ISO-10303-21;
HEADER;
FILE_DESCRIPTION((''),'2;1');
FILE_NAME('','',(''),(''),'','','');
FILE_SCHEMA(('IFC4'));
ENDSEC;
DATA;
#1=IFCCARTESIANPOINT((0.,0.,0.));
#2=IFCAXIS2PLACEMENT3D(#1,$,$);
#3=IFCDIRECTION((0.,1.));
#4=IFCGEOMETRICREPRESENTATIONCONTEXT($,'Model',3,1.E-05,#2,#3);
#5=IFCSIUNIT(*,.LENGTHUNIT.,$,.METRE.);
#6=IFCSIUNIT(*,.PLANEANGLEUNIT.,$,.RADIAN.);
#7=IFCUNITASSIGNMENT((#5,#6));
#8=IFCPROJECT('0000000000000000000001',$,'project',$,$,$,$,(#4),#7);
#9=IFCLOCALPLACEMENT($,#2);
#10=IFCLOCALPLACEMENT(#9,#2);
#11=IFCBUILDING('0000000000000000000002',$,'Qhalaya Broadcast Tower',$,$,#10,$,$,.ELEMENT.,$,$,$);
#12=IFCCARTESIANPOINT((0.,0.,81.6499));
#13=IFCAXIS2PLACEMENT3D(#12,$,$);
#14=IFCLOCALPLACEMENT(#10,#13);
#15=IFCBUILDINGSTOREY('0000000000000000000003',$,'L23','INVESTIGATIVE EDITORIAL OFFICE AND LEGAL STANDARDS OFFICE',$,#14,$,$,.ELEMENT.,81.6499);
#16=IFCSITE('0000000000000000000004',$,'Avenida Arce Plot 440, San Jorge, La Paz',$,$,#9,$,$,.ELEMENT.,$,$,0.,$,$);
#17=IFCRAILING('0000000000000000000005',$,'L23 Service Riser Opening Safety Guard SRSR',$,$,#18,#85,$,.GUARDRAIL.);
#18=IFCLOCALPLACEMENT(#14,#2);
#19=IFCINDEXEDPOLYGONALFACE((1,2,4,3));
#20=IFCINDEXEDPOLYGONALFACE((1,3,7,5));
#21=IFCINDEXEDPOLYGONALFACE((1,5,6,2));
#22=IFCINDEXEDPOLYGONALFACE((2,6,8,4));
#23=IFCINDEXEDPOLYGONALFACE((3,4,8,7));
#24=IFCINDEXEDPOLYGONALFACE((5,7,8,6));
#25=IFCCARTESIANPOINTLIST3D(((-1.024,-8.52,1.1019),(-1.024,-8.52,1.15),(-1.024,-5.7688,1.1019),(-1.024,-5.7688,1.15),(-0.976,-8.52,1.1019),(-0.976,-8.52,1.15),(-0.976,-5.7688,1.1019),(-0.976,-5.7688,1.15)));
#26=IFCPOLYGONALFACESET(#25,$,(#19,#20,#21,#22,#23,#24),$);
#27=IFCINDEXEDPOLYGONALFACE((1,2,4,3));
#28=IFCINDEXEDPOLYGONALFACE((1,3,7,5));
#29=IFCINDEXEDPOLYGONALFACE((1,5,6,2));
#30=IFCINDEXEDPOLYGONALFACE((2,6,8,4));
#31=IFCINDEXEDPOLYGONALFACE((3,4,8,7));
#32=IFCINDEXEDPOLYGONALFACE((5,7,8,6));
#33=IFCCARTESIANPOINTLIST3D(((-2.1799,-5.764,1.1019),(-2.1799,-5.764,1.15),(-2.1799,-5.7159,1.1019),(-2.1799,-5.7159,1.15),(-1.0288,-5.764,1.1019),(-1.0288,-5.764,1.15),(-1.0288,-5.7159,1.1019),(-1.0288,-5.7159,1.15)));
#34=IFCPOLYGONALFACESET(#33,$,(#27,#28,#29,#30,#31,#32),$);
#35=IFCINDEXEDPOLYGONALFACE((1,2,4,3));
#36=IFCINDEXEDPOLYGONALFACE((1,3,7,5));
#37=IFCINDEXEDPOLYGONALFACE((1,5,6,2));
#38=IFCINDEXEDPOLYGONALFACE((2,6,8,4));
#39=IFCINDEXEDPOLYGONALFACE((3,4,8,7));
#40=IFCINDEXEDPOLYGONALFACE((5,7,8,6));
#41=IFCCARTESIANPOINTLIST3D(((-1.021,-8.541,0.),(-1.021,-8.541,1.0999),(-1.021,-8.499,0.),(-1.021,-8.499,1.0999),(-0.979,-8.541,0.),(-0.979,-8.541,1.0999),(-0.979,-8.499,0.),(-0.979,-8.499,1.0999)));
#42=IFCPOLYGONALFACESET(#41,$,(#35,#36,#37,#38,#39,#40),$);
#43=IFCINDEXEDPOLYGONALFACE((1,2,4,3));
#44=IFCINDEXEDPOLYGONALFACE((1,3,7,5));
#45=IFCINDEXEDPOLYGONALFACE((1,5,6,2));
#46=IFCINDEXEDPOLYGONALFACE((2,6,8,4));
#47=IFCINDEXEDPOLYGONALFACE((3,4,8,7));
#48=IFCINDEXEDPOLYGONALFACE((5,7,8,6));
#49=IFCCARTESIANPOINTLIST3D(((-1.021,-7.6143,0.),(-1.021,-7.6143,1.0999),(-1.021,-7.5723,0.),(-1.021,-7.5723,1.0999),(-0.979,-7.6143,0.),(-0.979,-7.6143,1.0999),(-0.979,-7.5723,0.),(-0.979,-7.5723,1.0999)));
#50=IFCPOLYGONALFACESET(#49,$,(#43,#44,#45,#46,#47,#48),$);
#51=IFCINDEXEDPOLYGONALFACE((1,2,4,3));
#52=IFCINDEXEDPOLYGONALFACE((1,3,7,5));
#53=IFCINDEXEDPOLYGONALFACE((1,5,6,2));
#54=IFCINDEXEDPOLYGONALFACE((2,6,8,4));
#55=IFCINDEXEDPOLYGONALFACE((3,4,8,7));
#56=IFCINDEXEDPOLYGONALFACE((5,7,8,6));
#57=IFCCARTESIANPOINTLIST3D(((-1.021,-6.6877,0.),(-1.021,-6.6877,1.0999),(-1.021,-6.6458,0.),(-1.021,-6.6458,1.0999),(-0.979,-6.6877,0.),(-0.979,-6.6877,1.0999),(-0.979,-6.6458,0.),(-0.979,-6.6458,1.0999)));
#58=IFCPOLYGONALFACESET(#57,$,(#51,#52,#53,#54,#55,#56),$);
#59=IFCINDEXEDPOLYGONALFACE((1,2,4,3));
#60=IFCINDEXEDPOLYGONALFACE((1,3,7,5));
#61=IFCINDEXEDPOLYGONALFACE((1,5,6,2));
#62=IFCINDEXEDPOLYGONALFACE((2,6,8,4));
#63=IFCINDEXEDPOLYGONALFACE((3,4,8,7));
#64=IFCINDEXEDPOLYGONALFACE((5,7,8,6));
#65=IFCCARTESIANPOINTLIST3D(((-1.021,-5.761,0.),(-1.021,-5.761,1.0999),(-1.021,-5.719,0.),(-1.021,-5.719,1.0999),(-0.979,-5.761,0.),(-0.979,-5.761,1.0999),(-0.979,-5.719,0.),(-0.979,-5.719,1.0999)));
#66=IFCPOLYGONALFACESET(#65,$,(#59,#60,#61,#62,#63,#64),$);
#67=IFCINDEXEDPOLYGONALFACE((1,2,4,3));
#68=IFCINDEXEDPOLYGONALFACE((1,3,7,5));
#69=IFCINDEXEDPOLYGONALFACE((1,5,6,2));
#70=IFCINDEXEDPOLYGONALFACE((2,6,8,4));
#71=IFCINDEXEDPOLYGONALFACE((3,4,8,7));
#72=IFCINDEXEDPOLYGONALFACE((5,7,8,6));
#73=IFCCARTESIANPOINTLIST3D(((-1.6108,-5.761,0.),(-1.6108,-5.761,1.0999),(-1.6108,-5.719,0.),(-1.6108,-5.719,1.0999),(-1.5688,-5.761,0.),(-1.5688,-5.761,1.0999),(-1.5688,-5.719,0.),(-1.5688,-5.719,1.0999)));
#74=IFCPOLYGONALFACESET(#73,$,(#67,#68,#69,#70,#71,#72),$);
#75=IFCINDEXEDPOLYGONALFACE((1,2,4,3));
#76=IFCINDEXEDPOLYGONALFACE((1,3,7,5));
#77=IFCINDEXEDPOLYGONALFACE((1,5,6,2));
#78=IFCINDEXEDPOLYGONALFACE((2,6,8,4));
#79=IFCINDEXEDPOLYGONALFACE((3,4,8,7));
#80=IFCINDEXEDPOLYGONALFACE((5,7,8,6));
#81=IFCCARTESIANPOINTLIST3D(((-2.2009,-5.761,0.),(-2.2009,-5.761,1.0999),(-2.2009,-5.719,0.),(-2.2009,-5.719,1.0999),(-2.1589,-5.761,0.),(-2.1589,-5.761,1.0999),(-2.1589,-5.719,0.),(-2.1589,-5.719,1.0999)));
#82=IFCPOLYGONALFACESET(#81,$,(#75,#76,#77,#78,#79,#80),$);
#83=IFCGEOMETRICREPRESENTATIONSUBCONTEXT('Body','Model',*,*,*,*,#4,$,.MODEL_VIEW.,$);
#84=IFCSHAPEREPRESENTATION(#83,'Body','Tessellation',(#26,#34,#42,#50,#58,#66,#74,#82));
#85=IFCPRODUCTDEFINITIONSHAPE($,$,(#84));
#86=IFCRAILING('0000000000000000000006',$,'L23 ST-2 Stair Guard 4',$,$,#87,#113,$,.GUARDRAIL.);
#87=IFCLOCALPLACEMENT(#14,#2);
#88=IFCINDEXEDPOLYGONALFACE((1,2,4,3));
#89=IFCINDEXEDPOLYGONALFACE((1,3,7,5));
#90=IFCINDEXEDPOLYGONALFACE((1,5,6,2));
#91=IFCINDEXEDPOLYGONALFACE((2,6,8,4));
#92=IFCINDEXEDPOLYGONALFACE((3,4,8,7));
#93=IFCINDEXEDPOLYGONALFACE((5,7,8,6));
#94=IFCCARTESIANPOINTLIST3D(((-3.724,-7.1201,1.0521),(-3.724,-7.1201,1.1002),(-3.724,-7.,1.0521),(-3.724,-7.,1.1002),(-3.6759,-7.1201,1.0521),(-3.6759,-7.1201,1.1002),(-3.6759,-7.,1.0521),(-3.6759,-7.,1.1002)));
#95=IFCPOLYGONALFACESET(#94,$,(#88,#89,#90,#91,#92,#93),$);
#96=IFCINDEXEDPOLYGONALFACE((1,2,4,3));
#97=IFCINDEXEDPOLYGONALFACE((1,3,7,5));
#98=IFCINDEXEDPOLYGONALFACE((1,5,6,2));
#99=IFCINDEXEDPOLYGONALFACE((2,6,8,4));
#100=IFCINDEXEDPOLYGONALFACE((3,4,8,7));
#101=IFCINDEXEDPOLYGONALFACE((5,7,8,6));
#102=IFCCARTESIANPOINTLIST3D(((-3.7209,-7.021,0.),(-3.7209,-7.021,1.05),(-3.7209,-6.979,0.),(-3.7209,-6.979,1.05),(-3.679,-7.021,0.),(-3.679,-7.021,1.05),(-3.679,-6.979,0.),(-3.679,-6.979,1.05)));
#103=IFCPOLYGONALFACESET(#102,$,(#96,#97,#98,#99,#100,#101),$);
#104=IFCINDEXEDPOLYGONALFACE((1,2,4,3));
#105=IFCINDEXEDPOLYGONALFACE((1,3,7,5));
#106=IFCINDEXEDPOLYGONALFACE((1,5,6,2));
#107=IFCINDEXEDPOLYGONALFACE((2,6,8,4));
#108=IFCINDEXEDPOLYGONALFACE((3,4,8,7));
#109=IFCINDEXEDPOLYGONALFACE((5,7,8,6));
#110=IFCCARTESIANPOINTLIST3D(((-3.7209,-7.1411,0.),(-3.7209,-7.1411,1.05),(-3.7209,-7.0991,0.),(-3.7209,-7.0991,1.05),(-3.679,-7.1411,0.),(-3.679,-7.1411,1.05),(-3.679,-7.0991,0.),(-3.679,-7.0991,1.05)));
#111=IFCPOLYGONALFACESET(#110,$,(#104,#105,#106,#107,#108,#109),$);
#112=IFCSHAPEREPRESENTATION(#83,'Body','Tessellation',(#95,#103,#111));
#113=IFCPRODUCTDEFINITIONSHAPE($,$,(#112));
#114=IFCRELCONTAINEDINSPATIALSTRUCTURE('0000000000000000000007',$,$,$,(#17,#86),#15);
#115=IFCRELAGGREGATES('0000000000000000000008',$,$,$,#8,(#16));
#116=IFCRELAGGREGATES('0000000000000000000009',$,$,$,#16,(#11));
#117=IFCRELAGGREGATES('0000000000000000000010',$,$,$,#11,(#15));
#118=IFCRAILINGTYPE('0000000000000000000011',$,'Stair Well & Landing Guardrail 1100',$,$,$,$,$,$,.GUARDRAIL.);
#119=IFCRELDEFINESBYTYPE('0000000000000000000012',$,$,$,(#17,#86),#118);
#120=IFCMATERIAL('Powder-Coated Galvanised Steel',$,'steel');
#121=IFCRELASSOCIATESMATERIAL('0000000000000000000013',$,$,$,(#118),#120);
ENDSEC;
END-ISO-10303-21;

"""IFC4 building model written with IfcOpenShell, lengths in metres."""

from ifc_helpers import new_model, si_unit, direction, frame, origin, origin_2d, place, context, subcontext, project, spatial, rectangle, extrude, material, type_object, element, save


model = new_model("IFC4")

# Units and contexts
model_context = context("Model", 3, precision=1e-05, world=origin(), true_north=direction((0.0, 1.0)))
body_context = subcontext(model_context, "Body", "Model", "MODEL_VIEW")
ifc_project = project(units=[si_unit("LENGTHUNIT", "METRE"), si_unit("PLANEANGLEUNIT", "RADIAN")], contexts=[model_context])

# Site, building, storey
site_placement = place(None, origin())
site = spatial("IfcSite", under=ifc_project, at=site_placement, Name="Avenida Arce Plot 440, San Jorge, La Paz", CompositionType="ELEMENT", RefElevation=0.0)
building_placement = place(site_placement, origin())
building = spatial("IfcBuilding", under=site, at=building_placement, Name="Qhalaya Broadcast Tower", CompositionType="ELEMENT")
storey_placement = place(building_placement, frame((0.0, 0.0, 81.6499)))
storey = spatial("IfcBuildingStorey", under=building, at=storey_placement, Name="L23", Description="INVESTIGATIVE EDITORIAL OFFICE AND LEGAL STANDARDS OFFICE", CompositionType="ELEMENT", Elevation=81.6499)

# Railings
ifc_material_1 = material(Name="Powder-Coated Galvanised Steel", Category="steel")
railing_type_1 = type_object("IfcRailingType", Name="Stair Well & Landing Guardrail 1100", PredefinedType="GUARDRAIL", material=ifc_material_1)
railing_1_placement = place(storey_placement, frame((-1.0, -8.52, 0.0)))
element("IfcRailing", 1, at=railing_1_placement, inside=storey, type_object=railing_type_1, Name="L23 Service Riser Opening Safety Guard SRSR", PredefinedType="GUARDRAIL", context=body_context, shape_type="SweptSolid", body=[
    extrude(rectangle(XDim=0.0481, YDim=0.0481, at=origin_2d()), frame((0.0, 0.0, 1.126), z_axis=(0.0, 1.0, 0.0), x_axis=(-1.0, 0.0, 0.0)), (0.0, 0.0, 1.0), 2.7512),
    extrude(rectangle(XDim=0.0481, YDim=0.0481, at=origin_2d()), frame((-0.0288, 2.78, 1.126), z_axis=(-1.0, 0.0, 0.0), x_axis=(0.0, -1.0, 0.0)), (0.0, 0.0, 1.0), 1.1511),
    extrude(rectangle(XDim=0.042, YDim=0.042, at=origin_2d()), origin(), (0.0, 0.0, 1.0), 1.0999),
    extrude(rectangle(XDim=0.042, YDim=0.042, at=origin_2d()), frame((0.0, 0.9268, 0.0)), (0.0, 0.0, 1.0), 1.0999),
    extrude(rectangle(XDim=0.042, YDim=0.042, at=origin_2d()), frame((0.0, 1.8533, 0.0)), (0.0, 0.0, 1.0), 1.0999),
    extrude(rectangle(XDim=0.042, YDim=0.042, at=origin_2d()), frame((0.0, 2.78, 0.0)), (0.0, 0.0, 1.0), 1.0999),
    extrude(rectangle(XDim=0.042, YDim=0.042, at=origin_2d()), frame((-0.5898, 2.78, 0.0)), (0.0, 0.0, 1.0), 1.0999),
    extrude(rectangle(XDim=0.042, YDim=0.042, at=origin_2d()), frame((-1.1799, 2.78, 0.0)), (0.0, 0.0, 1.0), 1.0999),
])
railing_2_placement = place(storey_placement, frame((-3.7, -7.0, 0.0)))
element("IfcRailing", 2, at=railing_2_placement, inside=storey, type_object=railing_type_1, Name="L23 ST-2 Stair Guard 4", PredefinedType="GUARDRAIL", context=body_context, shape_type="SweptSolid", body=[
    extrude(rectangle(XDim=0.0481, YDim=0.0481, at=origin_2d()), frame((0.0, 0.0, 1.0762), z_axis=(0.0, -1.0, 0.0), x_axis=(1.0, 0.0, 0.0)), (0.0, 0.0, 1.0), 0.1201),
    extrude(rectangle(XDim=0.042, YDim=0.042, at=origin_2d()), origin(), (0.0, 0.0, 1.0), 1.05),
    extrude(rectangle(XDim=0.042, YDim=0.042, at=origin_2d()), frame((0.0, -0.1201, 0.0)), (0.0, 0.0, 1.0), 1.05),
])

save(model, "model.ifc")
